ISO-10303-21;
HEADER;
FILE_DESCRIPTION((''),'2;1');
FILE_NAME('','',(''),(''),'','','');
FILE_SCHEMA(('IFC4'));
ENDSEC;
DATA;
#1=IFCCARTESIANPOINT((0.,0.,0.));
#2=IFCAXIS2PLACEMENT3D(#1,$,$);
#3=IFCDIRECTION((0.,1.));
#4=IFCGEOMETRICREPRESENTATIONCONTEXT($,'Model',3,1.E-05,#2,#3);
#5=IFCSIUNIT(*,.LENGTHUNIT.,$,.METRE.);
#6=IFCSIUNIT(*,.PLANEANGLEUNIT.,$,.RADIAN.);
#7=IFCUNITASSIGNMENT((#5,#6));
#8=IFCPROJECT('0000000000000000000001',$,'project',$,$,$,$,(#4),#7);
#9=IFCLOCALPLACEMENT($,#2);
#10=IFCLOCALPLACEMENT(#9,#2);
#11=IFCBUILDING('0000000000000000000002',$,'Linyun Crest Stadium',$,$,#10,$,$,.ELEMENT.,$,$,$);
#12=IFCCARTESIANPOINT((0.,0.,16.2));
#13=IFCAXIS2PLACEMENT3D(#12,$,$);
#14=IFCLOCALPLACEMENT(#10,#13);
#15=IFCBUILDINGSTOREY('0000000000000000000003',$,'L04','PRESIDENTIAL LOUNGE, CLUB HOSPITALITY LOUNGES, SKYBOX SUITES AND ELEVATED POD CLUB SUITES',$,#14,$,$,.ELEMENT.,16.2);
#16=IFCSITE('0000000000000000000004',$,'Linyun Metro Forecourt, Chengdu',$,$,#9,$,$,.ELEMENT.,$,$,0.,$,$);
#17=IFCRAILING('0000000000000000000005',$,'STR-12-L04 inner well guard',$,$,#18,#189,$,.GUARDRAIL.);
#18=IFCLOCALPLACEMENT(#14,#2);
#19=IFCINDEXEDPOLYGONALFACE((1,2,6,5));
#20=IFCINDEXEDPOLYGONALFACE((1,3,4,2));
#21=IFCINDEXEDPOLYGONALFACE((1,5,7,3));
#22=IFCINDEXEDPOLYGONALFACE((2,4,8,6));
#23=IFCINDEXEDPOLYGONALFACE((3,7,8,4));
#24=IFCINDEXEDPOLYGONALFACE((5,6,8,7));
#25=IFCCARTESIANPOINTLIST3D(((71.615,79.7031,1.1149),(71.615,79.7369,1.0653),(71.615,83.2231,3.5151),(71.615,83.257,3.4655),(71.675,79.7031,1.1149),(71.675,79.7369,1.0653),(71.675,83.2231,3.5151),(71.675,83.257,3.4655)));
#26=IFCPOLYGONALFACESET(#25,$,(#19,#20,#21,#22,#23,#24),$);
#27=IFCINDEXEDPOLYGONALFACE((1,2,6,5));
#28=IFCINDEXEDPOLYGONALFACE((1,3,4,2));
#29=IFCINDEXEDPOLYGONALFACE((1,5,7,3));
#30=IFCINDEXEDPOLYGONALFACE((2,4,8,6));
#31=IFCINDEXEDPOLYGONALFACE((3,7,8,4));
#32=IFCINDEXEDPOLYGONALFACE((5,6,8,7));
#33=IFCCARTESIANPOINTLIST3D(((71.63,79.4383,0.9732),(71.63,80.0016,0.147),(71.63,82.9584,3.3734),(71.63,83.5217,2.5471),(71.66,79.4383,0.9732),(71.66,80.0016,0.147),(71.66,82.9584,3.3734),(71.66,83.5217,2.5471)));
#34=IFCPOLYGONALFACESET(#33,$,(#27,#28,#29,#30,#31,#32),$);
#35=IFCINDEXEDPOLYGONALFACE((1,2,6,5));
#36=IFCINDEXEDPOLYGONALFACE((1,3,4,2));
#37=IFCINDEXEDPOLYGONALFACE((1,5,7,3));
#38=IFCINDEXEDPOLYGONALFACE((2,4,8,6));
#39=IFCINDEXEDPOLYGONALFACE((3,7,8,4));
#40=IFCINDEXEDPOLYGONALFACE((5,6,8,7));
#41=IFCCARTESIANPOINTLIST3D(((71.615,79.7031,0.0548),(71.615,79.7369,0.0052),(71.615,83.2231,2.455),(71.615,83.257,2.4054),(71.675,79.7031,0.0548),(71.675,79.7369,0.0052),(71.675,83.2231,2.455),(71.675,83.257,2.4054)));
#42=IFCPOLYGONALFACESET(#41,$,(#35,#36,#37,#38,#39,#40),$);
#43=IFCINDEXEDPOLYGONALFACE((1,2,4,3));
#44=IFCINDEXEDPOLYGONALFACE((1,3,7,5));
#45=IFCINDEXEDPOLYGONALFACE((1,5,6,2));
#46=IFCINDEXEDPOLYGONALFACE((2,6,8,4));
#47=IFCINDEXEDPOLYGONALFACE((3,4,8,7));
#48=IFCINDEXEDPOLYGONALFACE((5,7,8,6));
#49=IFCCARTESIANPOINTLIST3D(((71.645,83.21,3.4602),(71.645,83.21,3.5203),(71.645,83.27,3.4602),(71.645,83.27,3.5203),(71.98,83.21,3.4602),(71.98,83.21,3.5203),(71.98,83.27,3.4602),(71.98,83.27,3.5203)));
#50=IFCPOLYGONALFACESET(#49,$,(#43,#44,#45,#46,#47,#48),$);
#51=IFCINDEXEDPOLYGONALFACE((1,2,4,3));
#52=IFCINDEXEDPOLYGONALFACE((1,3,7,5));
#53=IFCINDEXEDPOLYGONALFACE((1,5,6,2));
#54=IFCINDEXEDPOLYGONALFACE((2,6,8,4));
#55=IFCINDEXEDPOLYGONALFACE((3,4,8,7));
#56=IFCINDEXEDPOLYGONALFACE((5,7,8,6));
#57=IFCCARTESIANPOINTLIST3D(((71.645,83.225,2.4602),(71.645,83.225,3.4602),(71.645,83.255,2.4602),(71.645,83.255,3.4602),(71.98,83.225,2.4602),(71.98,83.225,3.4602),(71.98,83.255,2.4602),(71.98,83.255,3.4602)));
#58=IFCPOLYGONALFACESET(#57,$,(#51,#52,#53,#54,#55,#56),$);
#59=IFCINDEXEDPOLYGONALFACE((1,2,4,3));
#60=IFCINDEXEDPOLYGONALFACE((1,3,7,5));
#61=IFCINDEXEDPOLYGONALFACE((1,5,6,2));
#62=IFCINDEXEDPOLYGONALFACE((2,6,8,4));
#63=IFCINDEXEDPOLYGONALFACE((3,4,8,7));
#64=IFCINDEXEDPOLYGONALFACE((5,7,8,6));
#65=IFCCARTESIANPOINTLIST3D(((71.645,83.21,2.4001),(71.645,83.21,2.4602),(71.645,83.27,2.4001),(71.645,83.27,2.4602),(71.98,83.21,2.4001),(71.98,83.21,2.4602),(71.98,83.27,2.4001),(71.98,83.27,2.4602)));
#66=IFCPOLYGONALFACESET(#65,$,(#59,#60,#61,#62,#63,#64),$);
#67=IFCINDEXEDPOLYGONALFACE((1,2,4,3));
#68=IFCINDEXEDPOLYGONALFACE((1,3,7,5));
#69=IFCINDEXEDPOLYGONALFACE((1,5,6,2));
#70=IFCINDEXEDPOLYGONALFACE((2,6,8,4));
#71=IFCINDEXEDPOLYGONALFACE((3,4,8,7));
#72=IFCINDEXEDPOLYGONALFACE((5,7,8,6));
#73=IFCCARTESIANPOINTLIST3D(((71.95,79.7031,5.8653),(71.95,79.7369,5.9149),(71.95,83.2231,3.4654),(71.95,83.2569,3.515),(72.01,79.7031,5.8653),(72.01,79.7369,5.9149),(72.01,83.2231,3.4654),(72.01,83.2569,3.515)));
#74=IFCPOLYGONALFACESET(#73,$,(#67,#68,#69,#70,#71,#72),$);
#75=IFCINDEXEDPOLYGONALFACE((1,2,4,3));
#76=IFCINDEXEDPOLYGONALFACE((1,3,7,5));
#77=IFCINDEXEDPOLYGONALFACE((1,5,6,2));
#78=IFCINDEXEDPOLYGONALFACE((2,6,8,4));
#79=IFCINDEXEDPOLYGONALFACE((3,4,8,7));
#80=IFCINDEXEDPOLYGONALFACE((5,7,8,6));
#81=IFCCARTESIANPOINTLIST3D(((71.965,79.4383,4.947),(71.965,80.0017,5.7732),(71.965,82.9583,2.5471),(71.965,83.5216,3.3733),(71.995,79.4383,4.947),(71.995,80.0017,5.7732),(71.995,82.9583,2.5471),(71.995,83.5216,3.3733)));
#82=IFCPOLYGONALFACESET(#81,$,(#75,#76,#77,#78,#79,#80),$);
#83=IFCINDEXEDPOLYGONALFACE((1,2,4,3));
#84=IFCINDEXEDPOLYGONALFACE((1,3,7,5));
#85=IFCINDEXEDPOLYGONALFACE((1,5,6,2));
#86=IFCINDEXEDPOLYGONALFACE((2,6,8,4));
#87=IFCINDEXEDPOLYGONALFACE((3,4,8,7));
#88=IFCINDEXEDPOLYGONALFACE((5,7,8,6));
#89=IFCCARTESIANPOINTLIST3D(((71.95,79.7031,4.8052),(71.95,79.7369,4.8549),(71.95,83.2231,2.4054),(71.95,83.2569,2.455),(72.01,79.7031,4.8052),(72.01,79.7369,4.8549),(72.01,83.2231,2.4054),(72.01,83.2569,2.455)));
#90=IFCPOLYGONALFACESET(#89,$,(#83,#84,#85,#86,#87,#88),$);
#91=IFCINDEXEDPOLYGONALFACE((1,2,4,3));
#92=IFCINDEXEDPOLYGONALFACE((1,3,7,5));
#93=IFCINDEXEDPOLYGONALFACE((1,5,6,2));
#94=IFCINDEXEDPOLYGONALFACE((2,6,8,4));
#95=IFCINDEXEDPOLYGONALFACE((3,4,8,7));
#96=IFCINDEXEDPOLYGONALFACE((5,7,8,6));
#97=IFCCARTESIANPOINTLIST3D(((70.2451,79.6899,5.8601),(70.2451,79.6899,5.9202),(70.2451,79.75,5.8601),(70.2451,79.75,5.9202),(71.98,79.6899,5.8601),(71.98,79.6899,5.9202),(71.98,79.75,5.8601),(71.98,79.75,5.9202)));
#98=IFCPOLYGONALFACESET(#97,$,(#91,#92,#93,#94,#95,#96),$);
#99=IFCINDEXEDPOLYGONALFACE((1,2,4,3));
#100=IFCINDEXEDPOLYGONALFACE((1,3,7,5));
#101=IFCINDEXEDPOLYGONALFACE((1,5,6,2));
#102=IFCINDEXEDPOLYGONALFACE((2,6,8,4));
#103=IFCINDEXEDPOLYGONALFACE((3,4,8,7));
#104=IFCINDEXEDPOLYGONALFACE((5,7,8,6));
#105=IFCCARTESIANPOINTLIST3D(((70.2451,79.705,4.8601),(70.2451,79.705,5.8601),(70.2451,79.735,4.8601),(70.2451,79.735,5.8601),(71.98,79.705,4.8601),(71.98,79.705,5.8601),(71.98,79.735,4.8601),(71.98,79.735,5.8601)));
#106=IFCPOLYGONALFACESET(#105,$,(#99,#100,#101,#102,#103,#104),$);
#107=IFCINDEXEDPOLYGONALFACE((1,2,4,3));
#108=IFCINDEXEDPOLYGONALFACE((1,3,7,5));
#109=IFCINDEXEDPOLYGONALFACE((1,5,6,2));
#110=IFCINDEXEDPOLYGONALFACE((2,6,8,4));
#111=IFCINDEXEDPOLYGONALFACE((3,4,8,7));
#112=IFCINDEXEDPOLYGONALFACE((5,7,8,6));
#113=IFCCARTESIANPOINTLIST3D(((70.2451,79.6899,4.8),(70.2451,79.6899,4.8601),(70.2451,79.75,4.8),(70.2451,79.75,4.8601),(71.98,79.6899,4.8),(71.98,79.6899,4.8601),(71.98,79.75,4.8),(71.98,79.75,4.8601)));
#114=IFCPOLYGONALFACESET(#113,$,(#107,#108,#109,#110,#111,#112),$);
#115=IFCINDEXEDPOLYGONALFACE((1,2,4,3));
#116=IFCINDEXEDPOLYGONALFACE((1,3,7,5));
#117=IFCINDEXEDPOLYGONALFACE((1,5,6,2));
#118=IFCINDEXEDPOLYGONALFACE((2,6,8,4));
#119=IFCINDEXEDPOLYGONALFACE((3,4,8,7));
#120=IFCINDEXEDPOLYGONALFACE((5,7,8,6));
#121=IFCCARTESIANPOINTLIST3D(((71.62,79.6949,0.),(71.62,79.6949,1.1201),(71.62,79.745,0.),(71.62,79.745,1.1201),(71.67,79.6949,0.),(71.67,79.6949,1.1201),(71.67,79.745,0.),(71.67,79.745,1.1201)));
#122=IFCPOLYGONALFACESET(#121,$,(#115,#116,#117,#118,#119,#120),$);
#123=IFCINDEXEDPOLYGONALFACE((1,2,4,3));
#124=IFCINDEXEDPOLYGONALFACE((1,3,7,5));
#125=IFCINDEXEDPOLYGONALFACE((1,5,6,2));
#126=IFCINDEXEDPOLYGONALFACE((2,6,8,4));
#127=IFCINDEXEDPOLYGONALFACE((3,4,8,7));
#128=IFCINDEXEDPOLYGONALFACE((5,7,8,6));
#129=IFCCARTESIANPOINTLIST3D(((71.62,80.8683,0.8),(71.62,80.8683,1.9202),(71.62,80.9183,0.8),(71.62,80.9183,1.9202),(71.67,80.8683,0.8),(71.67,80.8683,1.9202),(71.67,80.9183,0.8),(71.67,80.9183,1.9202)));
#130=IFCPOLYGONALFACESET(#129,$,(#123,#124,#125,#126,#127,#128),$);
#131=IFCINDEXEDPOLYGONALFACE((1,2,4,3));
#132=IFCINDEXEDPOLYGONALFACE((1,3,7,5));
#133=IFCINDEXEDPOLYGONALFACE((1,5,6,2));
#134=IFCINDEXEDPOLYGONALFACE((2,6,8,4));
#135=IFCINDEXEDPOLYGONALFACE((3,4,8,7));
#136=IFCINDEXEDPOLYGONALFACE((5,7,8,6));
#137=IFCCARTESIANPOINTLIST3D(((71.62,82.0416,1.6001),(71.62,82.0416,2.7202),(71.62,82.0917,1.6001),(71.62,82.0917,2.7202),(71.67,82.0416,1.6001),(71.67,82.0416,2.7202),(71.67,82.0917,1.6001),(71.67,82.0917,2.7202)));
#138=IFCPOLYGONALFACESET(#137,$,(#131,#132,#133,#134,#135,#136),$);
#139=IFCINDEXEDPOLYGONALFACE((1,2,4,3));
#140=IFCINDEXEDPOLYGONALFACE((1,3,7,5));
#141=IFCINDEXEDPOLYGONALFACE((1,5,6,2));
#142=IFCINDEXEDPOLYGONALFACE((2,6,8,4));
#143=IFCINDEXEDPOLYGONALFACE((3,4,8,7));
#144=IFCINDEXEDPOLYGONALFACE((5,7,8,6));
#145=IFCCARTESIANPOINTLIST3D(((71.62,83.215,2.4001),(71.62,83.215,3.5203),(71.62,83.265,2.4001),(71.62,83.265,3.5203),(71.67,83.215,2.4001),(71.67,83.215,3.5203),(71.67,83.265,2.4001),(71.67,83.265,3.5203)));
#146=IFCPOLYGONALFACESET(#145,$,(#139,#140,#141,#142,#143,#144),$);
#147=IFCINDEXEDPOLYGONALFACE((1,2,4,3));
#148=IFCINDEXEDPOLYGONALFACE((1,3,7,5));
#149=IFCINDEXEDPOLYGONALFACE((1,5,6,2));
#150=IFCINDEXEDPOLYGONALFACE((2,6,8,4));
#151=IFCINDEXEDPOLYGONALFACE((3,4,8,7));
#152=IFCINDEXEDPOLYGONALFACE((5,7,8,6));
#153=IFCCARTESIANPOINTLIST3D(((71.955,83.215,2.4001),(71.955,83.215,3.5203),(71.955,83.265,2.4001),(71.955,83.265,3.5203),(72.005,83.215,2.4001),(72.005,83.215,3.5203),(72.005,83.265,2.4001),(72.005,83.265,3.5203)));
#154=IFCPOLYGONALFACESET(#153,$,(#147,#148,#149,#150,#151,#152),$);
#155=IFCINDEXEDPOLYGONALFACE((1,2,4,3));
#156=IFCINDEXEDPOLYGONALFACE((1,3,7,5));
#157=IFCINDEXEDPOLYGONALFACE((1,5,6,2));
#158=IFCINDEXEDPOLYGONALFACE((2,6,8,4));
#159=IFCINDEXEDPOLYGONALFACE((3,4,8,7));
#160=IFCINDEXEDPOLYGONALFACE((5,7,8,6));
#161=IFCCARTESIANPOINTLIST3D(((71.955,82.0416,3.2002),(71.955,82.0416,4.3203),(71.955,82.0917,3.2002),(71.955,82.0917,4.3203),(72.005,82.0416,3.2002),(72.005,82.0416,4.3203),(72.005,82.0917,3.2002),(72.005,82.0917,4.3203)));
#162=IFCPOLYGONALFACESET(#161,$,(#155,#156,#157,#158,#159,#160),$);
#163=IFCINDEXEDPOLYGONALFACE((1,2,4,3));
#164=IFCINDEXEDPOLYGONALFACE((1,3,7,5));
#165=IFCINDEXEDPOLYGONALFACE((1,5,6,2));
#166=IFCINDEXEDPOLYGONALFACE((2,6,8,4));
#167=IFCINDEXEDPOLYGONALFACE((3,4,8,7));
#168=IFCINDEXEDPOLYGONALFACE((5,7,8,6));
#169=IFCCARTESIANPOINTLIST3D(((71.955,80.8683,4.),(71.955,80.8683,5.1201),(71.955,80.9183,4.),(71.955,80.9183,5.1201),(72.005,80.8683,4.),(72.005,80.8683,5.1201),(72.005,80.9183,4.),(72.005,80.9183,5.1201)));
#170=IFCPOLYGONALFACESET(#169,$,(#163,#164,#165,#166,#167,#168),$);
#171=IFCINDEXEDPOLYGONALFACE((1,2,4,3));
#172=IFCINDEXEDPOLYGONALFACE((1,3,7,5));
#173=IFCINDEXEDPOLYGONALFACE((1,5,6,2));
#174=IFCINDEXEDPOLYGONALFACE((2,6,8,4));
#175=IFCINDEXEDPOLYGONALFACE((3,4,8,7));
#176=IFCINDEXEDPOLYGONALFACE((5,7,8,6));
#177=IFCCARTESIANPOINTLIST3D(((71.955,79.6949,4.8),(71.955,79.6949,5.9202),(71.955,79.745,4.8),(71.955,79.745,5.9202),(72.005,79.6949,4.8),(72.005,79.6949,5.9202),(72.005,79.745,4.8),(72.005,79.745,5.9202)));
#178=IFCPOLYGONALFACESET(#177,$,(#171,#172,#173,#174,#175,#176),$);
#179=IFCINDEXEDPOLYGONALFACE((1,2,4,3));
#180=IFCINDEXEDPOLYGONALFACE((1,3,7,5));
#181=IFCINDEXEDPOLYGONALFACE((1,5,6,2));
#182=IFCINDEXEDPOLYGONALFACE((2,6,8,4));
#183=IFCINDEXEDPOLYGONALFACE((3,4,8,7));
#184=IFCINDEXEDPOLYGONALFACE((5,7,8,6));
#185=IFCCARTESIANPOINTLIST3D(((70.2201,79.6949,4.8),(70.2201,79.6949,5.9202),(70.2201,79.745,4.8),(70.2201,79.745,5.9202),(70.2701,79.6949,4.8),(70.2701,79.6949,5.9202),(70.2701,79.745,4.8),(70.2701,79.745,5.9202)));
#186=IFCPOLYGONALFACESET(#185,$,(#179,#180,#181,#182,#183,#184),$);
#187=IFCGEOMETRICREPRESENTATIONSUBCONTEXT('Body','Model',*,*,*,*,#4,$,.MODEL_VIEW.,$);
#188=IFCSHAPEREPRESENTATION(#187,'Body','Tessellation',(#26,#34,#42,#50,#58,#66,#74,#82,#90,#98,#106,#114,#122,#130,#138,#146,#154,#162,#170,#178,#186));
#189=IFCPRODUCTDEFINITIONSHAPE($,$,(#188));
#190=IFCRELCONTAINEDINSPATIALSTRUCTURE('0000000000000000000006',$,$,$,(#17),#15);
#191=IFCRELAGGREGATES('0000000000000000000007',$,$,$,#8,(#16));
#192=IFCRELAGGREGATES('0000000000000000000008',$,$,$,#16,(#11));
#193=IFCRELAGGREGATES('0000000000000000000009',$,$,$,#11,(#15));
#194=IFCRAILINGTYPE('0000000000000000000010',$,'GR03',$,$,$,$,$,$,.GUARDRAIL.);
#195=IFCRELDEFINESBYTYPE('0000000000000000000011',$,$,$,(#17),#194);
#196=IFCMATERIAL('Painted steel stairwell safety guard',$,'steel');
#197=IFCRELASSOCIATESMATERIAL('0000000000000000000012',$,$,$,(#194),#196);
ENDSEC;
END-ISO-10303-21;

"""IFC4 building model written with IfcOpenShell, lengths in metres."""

from ifc_helpers import new_model, si_unit, direction, frame, origin, origin_2d, place, context, subcontext, project, spatial, rectangle, extrude, material, type_object, element, save


model = new_model("IFC4")

# Units and contexts
model_context = context("Model", 3, precision=1e-05, world=origin(), true_north=direction((0.0, 1.0)))
body_context = subcontext(model_context, "Body", "Model", "MODEL_VIEW")
ifc_project = project(units=[si_unit("LENGTHUNIT", "METRE"), si_unit("PLANEANGLEUNIT", "RADIAN")], contexts=[model_context])

# Site, building, storey
site_placement = place(None, origin())
site = spatial("IfcSite", under=ifc_project, at=site_placement, Name="Linyun Metro Forecourt, Chengdu", CompositionType="ELEMENT", RefElevation=0.0)
building_placement = place(site_placement, origin())
building = spatial("IfcBuilding", under=site, at=building_placement, Name="Linyun Crest Stadium", CompositionType="ELEMENT")
storey_placement = place(building_placement, frame((0.0, 0.0, 16.2)))
storey = spatial("IfcBuildingStorey", under=building, at=storey_placement, Name="L04", Description="PRESIDENTIAL LOUNGE, CLUB HOSPITALITY LOUNGES, SKYBOX SUITES AND ELEVATED POD CLUB SUITES", CompositionType="ELEMENT", Elevation=16.2)

# Railing
ifc_material_1 = material(Name="Painted steel stairwell safety guard", Category="steel")
railing_type_1 = type_object("IfcRailingType", Name="GR03", PredefinedType="GUARDRAIL", material=ifc_material_1)
railing_1_placement = place(storey_placement, frame((71.645, 79.72, 0.0)))
element("IfcRailing", 1, at=railing_1_placement, inside=storey, type_object=railing_type_1, Name="STR-12-L04 inner well guard", PredefinedType="GUARDRAIL", context=body_context, shape_type="SweptSolid", body=[
    extrude(rectangle(XDim=0.0601, YDim=0.0601, at=origin_2d()), frame((0.0, 0.0, 1.0901), z_axis=(0.0, 0.826213, 0.563358), x_axis=(-1.0, 0.0, 0.0)), (0.0, 0.0, 1.0), 4.2605),
    extrude(rectangle(XDim=0.03, YDim=1.0, at=origin_2d()), frame((0.0, 0.0, 0.5601), z_axis=(0.0, 0.826213, 0.563358), x_axis=(-1.0, 0.0, 0.0)), (0.0, 0.0, 1.0), 4.2605),
    extrude(rectangle(XDim=0.0601, YDim=0.0601, at=origin_2d()), frame((0.0, 0.0, 0.03), z_axis=(0.0, 0.826213, 0.563358), x_axis=(-1.0, 0.0, 0.0)), (0.0, 0.0, 1.0), 4.2605),
    extrude(rectangle(XDim=0.0601, YDim=0.0601, at=origin_2d()), frame((0.0, 3.52, 3.4902), z_axis=(1.0, 0.0, 0.0), x_axis=(0.0, 1.0, 0.0)), (0.0, 0.0, 1.0), 0.335),
    extrude(rectangle(XDim=0.03, YDim=1.0, at=origin_2d()), frame((0.0, 3.52, 2.9602), z_axis=(1.0, 0.0, 0.0), x_axis=(0.0, 1.0, 0.0)), (0.0, 0.0, 1.0), 0.335),
    extrude(rectangle(XDim=0.0601, YDim=0.0601, at=origin_2d()), frame((0.0, 3.52, 2.4302), z_axis=(1.0, 0.0, 0.0), x_axis=(0.0, 1.0, 0.0)), (0.0, 0.0, 1.0), 0.335),
    extrude(rectangle(XDim=0.0601, YDim=0.0601, at=origin_2d()), frame((0.335, 3.52, 3.4902), z_axis=(0.0, -0.826239, 0.563319), x_axis=(1.0, 0.0, 0.0)), (0.0, 0.0, 1.0), 4.2603),
    extrude(rectangle(XDim=0.03, YDim=1.0, at=origin_2d()), frame((0.335, 3.52, 2.9602), z_axis=(0.0, -0.826239, 0.563319), x_axis=(1.0, 0.0, 0.0)), (0.0, 0.0, 1.0), 4.2603),
    extrude(rectangle(XDim=0.0601, YDim=0.0601, at=origin_2d()), frame((0.335, 3.52, 2.4302), z_axis=(0.0, -0.826239, 0.563319), x_axis=(1.0, 0.0, 0.0)), (0.0, 0.0, 1.0), 4.2603),
    extrude(rectangle(XDim=0.0601, YDim=0.0601, at=origin_2d()), frame((0.335, 0.0, 5.8901), z_axis=(-1.0, 0.0, 0.0), x_axis=(0.0, -1.0, 0.0)), (0.0, 0.0, 1.0), 1.7349),
    extrude(rectangle(XDim=0.03, YDim=1.0, at=origin_2d()), frame((0.335, 0.0, 5.3601), z_axis=(-1.0, 0.0, 0.0), x_axis=(0.0, -1.0, 0.0)), (0.0, 0.0, 1.0), 1.7349),
    extrude(rectangle(XDim=0.0601, YDim=0.0601, at=origin_2d()), frame((0.335, 0.0, 4.8301), z_axis=(-1.0, 0.0, 0.0), x_axis=(0.0, -1.0, 0.0)), (0.0, 0.0, 1.0), 1.7349),
    extrude(rectangle(XDim=0.05, YDim=0.05, at=origin_2d()), origin(), (0.0, 0.0, 1.0), 1.1201),
    extrude(rectangle(XDim=0.05, YDim=0.05, at=origin_2d()), frame((0.0, 1.1733, 0.8)), (0.0, 0.0, 1.0), 1.1201),
    extrude(rectangle(XDim=0.05, YDim=0.05, at=origin_2d()), frame((0.0, 2.3467, 1.6001)), (0.0, 0.0, 1.0), 1.1201),
    extrude(rectangle(XDim=0.05, YDim=0.05, at=origin_2d()), frame((0.0, 3.52, 2.4001)), (0.0, 0.0, 1.0), 1.1201),
    extrude(rectangle(XDim=0.05, YDim=0.05, at=origin_2d()), frame((0.335, 3.52, 2.4001)), (0.0, 0.0, 1.0), 1.1201),
    extrude(rectangle(XDim=0.05, YDim=0.05, at=origin_2d()), frame((0.335, 2.3467, 3.2002)), (0.0, 0.0, 1.0), 1.1201),
    extrude(rectangle(XDim=0.05, YDim=0.05, at=origin_2d()), frame((0.335, 1.1733, 4.0)), (0.0, 0.0, 1.0), 1.1201),
    extrude(rectangle(XDim=0.05, YDim=0.05, at=origin_2d()), frame((0.335, 0.0, 4.8)), (0.0, 0.0, 1.0), 1.1201),
    extrude(rectangle(XDim=0.05, YDim=0.05, at=origin_2d()), frame((-1.3999, 0.0, 4.8)), (0.0, 0.0, 1.0), 1.1201),
])

save(model, "model.ifc")
